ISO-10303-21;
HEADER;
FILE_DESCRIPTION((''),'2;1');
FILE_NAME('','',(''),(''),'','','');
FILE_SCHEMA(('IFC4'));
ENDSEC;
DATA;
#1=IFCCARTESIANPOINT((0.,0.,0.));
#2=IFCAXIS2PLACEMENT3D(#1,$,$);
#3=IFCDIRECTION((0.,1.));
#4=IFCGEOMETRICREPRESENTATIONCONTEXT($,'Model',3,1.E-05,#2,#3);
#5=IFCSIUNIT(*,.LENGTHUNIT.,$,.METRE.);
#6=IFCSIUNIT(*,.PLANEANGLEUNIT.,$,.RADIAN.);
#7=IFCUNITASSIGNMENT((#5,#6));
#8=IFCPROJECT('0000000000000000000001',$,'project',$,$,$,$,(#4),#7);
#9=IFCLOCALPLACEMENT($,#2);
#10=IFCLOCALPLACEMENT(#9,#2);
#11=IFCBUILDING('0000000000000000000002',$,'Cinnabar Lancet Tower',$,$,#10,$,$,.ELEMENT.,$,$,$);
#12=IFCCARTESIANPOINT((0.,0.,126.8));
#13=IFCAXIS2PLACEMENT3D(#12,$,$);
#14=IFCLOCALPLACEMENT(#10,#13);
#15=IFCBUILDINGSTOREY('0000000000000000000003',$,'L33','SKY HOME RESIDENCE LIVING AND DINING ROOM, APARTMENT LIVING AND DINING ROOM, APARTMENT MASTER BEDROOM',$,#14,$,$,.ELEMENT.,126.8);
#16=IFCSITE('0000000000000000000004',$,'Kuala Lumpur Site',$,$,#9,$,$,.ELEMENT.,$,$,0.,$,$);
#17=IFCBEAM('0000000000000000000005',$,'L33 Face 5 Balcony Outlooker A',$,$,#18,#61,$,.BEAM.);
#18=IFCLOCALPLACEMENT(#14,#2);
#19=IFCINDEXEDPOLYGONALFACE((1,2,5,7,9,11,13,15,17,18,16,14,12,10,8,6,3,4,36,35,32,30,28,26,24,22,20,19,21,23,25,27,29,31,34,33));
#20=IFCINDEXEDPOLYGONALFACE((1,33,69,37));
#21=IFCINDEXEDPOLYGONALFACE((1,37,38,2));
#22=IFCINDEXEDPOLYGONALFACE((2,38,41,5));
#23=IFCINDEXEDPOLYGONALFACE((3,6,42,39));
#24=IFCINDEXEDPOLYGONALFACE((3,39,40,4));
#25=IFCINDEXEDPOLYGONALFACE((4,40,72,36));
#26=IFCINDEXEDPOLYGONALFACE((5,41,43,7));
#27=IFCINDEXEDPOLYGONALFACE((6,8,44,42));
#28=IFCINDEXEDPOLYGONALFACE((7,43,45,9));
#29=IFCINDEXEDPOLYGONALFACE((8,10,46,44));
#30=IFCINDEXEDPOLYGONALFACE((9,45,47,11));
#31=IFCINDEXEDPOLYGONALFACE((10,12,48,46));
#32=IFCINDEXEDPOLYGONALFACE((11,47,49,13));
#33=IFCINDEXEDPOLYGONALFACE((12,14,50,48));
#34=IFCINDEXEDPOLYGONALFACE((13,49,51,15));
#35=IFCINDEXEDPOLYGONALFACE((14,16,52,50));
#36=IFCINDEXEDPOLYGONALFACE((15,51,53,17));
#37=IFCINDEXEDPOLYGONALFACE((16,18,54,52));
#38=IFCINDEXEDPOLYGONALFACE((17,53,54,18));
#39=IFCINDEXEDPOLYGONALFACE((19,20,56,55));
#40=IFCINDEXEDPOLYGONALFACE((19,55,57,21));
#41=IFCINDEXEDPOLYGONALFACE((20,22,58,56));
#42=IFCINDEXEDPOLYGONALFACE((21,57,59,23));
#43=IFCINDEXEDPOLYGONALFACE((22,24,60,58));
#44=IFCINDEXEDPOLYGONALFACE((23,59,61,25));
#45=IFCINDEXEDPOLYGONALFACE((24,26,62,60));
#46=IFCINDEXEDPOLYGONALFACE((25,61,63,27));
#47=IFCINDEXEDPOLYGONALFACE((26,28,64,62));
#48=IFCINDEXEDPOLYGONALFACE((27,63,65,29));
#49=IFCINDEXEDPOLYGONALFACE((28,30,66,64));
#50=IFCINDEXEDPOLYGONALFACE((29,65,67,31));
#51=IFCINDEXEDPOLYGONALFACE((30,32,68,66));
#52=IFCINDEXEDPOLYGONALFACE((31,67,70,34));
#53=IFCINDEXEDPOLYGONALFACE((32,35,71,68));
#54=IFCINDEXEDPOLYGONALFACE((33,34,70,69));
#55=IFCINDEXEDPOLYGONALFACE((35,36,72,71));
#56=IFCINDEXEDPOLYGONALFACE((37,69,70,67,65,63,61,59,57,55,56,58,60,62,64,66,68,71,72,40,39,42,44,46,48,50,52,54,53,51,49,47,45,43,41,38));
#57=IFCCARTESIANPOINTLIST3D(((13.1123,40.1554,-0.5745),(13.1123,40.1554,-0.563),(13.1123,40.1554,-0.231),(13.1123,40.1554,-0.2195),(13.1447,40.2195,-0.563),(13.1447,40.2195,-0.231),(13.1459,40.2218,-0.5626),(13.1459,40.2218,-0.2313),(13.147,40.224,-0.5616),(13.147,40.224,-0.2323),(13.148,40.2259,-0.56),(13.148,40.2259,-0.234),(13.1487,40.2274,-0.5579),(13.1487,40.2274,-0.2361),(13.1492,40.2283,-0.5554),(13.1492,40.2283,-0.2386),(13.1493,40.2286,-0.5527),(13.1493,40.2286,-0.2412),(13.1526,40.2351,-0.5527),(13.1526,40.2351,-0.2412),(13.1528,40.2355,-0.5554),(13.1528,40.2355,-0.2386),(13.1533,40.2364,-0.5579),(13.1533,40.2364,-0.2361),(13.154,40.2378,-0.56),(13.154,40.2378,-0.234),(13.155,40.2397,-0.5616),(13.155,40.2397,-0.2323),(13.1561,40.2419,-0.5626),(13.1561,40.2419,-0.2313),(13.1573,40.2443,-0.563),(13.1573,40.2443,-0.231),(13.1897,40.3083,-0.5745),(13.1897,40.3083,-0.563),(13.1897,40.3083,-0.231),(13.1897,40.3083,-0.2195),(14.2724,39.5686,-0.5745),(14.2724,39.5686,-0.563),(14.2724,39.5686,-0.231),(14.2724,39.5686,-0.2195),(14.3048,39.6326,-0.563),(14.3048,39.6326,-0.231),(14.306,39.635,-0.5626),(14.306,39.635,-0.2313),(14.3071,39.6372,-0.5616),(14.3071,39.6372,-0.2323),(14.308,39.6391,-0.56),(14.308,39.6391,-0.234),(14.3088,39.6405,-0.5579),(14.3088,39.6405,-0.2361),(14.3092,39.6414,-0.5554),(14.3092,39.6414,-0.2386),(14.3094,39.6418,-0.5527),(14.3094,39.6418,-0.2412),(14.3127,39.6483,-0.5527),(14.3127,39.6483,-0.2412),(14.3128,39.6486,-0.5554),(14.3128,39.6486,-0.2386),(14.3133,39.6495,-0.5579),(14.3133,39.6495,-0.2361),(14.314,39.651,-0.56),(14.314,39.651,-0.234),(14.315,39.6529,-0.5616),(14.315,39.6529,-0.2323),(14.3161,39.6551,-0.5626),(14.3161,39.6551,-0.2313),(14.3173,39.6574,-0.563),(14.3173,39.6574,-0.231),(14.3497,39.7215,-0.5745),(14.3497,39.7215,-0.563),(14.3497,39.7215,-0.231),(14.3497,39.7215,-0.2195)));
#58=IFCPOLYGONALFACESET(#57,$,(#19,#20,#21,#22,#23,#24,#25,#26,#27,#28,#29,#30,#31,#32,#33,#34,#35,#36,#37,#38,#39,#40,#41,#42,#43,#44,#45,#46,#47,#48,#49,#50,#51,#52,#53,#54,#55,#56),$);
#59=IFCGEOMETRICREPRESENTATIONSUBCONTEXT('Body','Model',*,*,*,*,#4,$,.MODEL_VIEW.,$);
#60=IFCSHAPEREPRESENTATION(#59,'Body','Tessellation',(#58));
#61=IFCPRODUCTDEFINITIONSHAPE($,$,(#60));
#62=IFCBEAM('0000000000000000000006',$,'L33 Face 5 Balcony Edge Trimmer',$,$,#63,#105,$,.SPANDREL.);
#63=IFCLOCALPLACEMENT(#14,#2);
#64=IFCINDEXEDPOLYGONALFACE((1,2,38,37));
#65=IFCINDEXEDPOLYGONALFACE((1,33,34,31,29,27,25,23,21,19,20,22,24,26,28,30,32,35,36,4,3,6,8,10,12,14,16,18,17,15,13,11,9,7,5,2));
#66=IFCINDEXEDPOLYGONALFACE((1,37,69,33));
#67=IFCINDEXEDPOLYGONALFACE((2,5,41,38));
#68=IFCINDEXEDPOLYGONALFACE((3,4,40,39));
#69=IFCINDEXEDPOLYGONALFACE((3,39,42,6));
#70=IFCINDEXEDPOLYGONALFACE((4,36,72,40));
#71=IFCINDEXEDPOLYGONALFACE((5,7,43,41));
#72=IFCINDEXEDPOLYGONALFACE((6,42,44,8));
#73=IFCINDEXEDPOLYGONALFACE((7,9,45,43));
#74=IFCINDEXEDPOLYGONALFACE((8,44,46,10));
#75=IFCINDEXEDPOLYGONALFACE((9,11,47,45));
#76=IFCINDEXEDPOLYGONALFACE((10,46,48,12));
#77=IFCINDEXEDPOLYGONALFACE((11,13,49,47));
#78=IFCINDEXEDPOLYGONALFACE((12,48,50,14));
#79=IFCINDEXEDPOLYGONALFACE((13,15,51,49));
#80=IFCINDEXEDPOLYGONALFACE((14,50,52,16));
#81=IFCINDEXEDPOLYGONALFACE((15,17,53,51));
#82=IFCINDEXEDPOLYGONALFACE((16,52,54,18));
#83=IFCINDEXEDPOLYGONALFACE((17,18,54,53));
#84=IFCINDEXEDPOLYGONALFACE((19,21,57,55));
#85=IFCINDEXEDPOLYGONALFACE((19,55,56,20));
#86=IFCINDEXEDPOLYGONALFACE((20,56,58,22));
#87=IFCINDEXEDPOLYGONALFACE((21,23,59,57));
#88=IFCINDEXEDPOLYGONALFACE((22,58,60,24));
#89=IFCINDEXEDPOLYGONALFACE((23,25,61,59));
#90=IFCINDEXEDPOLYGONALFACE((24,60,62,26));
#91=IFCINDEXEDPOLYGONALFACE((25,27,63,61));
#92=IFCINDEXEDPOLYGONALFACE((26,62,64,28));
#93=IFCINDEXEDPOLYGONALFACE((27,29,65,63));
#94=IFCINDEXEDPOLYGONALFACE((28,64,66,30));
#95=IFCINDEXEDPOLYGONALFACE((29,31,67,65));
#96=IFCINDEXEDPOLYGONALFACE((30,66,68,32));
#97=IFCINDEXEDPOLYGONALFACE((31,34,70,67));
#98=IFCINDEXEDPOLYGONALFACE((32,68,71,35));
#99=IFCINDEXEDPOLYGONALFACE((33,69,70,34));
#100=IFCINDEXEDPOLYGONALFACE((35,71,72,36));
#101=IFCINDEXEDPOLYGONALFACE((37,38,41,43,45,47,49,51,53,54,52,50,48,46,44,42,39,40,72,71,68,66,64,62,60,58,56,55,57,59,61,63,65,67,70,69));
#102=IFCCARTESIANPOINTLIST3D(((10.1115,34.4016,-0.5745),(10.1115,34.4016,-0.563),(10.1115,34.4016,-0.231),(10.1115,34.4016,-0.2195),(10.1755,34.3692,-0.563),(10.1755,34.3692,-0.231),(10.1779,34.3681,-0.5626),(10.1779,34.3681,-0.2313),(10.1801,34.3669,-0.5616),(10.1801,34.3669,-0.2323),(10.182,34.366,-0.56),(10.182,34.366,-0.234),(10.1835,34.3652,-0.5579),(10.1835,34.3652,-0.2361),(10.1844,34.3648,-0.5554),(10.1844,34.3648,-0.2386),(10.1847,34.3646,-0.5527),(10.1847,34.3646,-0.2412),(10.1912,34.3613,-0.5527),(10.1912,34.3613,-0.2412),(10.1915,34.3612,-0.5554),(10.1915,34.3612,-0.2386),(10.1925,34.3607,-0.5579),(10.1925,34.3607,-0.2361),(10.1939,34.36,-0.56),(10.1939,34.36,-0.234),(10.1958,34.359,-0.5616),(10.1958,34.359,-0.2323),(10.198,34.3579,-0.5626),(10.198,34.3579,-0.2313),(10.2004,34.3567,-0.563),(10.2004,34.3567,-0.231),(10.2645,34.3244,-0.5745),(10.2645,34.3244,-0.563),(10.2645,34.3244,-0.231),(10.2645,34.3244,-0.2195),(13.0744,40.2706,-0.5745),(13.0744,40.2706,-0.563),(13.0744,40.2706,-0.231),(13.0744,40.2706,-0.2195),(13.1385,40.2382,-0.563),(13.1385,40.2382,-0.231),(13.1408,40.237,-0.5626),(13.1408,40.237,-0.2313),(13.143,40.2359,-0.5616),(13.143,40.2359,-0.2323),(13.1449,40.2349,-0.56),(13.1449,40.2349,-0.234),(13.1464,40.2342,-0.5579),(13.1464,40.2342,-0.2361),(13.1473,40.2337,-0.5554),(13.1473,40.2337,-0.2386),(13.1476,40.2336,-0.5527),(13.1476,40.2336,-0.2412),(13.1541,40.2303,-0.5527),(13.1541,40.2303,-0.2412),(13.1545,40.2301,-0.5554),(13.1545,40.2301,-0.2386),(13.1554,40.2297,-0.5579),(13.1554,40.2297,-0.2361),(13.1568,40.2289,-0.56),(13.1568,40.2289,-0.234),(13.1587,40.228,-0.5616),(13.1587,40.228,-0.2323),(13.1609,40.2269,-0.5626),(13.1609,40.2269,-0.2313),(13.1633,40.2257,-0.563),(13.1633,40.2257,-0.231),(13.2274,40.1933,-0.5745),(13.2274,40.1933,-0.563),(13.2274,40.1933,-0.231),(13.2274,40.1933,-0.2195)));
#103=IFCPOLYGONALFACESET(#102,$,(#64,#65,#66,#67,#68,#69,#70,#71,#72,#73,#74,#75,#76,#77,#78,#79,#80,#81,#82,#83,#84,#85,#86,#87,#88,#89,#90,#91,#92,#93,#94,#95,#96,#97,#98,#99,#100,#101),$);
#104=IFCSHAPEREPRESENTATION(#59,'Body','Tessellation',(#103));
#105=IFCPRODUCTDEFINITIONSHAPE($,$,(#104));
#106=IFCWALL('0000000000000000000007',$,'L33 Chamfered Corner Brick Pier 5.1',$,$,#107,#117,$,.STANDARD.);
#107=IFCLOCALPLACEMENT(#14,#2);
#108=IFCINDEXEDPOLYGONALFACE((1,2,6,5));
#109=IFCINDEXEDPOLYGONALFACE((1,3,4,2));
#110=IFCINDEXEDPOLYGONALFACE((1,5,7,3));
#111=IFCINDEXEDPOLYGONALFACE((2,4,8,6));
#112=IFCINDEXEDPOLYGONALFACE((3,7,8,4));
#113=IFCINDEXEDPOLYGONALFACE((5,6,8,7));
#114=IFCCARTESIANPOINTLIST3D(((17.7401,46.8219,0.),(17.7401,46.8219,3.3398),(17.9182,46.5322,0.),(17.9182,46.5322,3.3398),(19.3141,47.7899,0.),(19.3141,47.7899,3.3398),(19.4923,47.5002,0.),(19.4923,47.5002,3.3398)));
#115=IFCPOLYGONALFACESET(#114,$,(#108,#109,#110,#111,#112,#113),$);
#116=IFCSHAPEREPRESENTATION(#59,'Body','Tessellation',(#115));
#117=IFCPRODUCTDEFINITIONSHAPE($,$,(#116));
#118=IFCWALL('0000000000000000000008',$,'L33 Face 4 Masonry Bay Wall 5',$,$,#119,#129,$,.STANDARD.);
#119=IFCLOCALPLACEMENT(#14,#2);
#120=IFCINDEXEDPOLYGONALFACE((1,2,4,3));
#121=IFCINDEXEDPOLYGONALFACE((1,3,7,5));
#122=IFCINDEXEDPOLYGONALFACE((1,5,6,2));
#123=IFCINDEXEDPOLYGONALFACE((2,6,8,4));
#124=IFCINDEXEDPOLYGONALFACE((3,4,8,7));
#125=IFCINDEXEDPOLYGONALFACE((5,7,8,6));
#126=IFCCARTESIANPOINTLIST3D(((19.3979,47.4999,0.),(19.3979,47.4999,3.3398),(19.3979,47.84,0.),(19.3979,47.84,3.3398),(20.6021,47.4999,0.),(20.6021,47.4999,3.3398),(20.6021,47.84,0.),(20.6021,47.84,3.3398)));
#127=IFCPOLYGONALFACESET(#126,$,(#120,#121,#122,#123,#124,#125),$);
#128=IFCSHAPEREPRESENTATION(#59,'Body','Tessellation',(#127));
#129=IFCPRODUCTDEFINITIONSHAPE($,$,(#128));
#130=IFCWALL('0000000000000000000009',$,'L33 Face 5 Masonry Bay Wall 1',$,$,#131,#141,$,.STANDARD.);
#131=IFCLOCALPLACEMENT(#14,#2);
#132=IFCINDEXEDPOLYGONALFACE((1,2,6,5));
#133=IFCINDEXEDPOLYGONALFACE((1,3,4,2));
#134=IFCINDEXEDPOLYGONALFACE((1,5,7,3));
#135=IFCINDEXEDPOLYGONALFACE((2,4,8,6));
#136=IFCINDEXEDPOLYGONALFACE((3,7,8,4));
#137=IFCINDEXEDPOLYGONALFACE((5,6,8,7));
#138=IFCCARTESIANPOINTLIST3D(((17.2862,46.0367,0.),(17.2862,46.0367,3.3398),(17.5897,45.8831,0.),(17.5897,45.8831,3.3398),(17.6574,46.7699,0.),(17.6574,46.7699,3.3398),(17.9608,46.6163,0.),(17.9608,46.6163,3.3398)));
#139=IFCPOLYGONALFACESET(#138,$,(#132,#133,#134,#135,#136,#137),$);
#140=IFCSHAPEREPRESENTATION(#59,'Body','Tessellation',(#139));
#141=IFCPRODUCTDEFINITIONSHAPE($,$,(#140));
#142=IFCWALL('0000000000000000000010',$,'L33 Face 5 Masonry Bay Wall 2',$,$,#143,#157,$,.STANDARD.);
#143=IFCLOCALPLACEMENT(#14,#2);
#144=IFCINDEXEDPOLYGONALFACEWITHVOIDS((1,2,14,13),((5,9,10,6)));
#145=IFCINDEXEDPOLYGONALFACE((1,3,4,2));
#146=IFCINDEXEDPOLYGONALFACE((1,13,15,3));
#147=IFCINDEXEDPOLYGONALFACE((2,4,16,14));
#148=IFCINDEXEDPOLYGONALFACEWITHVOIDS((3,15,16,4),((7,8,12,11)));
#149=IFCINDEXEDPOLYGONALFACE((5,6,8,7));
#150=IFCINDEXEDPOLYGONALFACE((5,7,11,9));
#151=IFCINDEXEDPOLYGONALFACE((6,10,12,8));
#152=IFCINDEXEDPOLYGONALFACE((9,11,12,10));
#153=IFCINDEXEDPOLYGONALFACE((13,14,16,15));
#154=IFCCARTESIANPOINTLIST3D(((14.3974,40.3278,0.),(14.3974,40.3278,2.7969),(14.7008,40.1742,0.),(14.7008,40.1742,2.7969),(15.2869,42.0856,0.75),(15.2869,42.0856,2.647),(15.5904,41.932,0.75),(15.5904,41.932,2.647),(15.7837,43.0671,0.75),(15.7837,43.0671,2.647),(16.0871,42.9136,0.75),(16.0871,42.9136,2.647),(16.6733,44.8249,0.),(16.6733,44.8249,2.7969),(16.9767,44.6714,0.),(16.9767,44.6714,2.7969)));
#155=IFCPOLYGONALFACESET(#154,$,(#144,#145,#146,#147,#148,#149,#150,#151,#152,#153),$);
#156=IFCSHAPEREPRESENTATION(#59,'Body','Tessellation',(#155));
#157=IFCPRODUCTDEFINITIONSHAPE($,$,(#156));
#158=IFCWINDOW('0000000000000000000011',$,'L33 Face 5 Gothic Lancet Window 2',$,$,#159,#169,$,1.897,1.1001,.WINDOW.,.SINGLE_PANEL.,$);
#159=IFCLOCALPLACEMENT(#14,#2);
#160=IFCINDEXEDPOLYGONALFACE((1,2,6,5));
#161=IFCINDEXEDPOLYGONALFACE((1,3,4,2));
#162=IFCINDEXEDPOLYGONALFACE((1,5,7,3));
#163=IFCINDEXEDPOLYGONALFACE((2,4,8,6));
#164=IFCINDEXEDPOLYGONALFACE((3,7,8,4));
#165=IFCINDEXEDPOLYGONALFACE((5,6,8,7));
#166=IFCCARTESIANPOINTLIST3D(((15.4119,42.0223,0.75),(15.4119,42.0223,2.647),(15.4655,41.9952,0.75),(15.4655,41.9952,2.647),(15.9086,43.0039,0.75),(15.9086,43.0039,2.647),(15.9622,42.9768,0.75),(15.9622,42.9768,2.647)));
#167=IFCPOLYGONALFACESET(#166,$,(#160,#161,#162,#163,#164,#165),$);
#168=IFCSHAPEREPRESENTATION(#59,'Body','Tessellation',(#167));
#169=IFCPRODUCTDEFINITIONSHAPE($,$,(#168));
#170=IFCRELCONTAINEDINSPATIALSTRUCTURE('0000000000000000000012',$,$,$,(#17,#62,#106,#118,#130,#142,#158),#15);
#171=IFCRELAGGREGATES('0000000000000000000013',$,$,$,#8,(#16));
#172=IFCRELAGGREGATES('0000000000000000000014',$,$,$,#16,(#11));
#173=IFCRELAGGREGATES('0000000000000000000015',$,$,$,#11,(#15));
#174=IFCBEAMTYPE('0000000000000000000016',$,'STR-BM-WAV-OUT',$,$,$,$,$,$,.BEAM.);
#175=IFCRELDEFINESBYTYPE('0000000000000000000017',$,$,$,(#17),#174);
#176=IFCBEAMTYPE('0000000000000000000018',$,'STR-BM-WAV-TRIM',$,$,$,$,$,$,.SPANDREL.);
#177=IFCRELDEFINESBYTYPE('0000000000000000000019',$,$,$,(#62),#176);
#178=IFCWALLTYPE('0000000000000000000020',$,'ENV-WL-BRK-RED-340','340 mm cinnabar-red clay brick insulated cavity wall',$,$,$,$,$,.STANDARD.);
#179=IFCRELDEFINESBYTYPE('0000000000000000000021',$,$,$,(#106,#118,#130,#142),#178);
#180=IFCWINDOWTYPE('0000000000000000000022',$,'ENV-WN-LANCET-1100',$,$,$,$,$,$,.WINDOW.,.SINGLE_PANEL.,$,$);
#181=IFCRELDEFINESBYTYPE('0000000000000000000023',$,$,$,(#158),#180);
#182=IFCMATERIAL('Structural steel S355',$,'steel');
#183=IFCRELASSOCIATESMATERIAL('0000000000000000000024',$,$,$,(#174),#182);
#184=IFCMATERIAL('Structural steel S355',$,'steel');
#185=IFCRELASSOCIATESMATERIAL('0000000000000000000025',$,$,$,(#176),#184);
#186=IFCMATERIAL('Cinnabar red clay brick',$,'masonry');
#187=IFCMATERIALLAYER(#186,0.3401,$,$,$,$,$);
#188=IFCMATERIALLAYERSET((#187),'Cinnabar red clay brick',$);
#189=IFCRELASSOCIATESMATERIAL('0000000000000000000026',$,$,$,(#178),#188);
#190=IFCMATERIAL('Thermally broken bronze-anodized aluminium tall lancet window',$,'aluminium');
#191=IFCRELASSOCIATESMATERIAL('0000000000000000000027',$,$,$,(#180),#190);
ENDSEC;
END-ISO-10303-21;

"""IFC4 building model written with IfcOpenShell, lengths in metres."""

from ifc_helpers import new_model, si_unit, direction, frame, frame_2d, origin, origin_2d, place, context, subcontext, project, spatial, rectangle, i_section, extrude, material, layer, layer_set, material_profile, profile_set, type_object, element, fill, save


model = new_model("IFC4")

# Units and contexts
model_context = context("Model", 3, precision=1e-05, world=origin(), true_north=direction((0.0, 1.0)))
body_context = subcontext(model_context, "Body", "Model", "MODEL_VIEW")
ifc_project = project(units=[si_unit("LENGTHUNIT", "METRE"), si_unit("PLANEANGLEUNIT", "RADIAN")], contexts=[model_context])

# Site, building, storey
site_placement = place(None, origin())
site = spatial("IfcSite", under=ifc_project, at=site_placement, Name="Kuala Lumpur Site", CompositionType="ELEMENT", RefElevation=0.0)
building_placement = place(site_placement, origin())
building = spatial("IfcBuilding", under=site, at=building_placement, Name="Cinnabar Lancet Tower", CompositionType="ELEMENT")
storey_placement = place(building_placement, frame((0.0, 0.0, 126.8)))
storey = spatial("IfcBuildingStorey", under=building, at=storey_placement, Name="L33", Description="SKY HOME RESIDENCE LIVING AND DINING ROOM, APARTMENT LIVING AND DINING ROOM, APARTMENT MASTER BEDROOM", CompositionType="ELEMENT", Elevation=126.8)

# Beams
ifc_material_1 = material(Name="Structural steel S355", Category="steel")
ifc_material_profile_1 = material_profile(ifc_material_1, i_section(OverallWidth=0.1714, OverallDepth=0.355, WebThickness=0.0073, FlangeThickness=0.0115, FilletRadius=0.0103, at=origin_2d()), Name="UKB 356x171x51")
ifc_profile_set_1 = profile_set([ifc_material_profile_1], Name="Structural steel S355")
beam_type_1 = type_object("IfcBeamType", Name="STR-BM-WAV-OUT", PredefinedType="BEAM", material=ifc_profile_set_1)
beam_1_placement = place(storey_placement, frame((14.311, 39.645, -0.397), z_axis=(-0.892314, 0.451415, 0.0), x_axis=(-0.451415, -0.892314, 0.0)))
element("IfcBeam", 1, at=beam_1_placement, inside=storey, type_object=beam_type_1, Name="L33 Face 5 Balcony Outlooker A", PredefinedType="BEAM", context=body_context, shape_type="SweptSolid", body=[
    extrude(i_section(OverallWidth=0.1714, OverallDepth=0.355, WebThickness=0.0073, FlangeThickness=0.0115, FilletRadius=0.0103, at=origin_2d()), origin(), (0.0, 0.0, 1.0), 1.3),
])
ifc_material_2 = material(Name="Structural steel S355", Category="steel")
ifc_material_profile_2 = material_profile(ifc_material_2, i_section(OverallWidth=0.1714, OverallDepth=0.355, WebThickness=0.0073, FlangeThickness=0.0115, FilletRadius=0.0103, at=origin_2d()), Name="UKB 356x171x51")
ifc_profile_set_2 = profile_set([ifc_material_profile_2], Name="Structural steel S355")
beam_type_2 = type_object("IfcBeamType", Name="STR-BM-WAV-TRIM", PredefinedType="SPANDREL", material=ifc_profile_set_2)
beam_2_placement = place(storey_placement, frame((13.1509, 40.2319, -0.397), z_axis=(-0.450671, -0.89269, 0.0), x_axis=(0.89269, -0.450671, 0.0)))
element("IfcBeam", 2, at=beam_2_placement, inside=storey, type_object=beam_type_2, Name="L33 Face 5 Balcony Edge Trimmer", PredefinedType="SPANDREL", context=body_context, shape_type="SweptSolid", body=[
    extrude(i_section(OverallWidth=0.1714, OverallDepth=0.355, WebThickness=0.0073, FlangeThickness=0.0115, FilletRadius=0.0103, at=origin_2d()), origin(), (0.0, 0.0, 1.0), 6.5745),
])

# Walls
ifc_material_3 = material(Name="Cinnabar red clay brick", Category="masonry")
ifc_layer_1 = layer(ifc_material_3, 0.3401)
ifc_layer_set_1 = layer_set([ifc_layer_1], Name="Cinnabar red clay brick")
wall_type = type_object("IfcWallType", Name="ENV-WL-BRK-RED-340", Description="340 mm cinnabar-red clay brick insulated cavity wall", PredefinedType="STANDARD", material=ifc_layer_set_1)
wall_1_placement = place(storey_placement, frame((19.4031, 47.645, 0.0), z_axis=(0.0, 0.0, 1.0), x_axis=(-0.851799, -0.523869, 0.0)))
element("IfcWall", 3, at=wall_1_placement, inside=storey, type_object=wall_type, Name="L33 Chamfered Corner Brick Pier 5.1", PredefinedType="STANDARD", context=body_context, shape_type="SweptSolid", body=[
    extrude(rectangle(XDim=1.8479, YDim=0.3401, at=frame_2d((0.9238, 0.0))), origin(), (0.0, 0.0, 1.0), 3.3398),
])
wall_2_placement = place(storey_placement, frame((20.6021, 47.6699, 0.0), z_axis=(0.0, 0.0, 1.0), x_axis=(-1.0, 0.0, 0.0)))
element("IfcWall", 4, at=wall_2_placement, inside=storey, type_object=wall_type, Name="L33 Face 4 Masonry Bay Wall 5", PredefinedType="STANDARD", context=body_context, shape_type="SweptSolid", body=[
    extrude(rectangle(XDim=1.2041, YDim=0.3401, at=frame_2d((0.6021, 0.0))), origin(), (0.0, 0.0, 1.0), 3.3398),
])
wall_3_placement = place(storey_placement, frame((17.8091, 46.6931, 0.0), z_axis=(0.0, 0.0, 1.0), x_axis=(-0.451605, -0.892218, 0.0)))
element("IfcWall", 5, at=wall_3_placement, inside=storey, type_object=wall_type, Name="L33 Face 5 Masonry Bay Wall 1", PredefinedType="STANDARD", context=body_context, shape_type="SweptSolid", body=[
    extrude(rectangle(XDim=0.8218, YDim=0.3401, at=frame_2d((0.4109, 0.0))), origin(), (0.0, 0.0, 1.0), 3.3398),
])

# Wall, opening, window
wall_4_placement = place(storey_placement, frame((16.825, 44.748, 0.0), z_axis=(0.0, 0.0, 1.0), x_axis=(-0.451548, -0.892247, 0.0)))
wall_4 = element("IfcWall", 6, at=wall_4_placement, inside=storey, type_object=wall_type, Name="L33 Face 5 Masonry Bay Wall 2", PredefinedType="STANDARD", context=body_context, shape_type="SweptSolid", body=[
    extrude(rectangle(XDim=5.0403, YDim=0.3401, at=frame_2d((2.52, 0.0))), origin(), (0.0, 0.0, 1.0), 2.7969),
])
opening_1_placement = place(wall_4_placement, frame((1.97, 0.0, 0.75)))
opening_1 = element("IfcOpeningElement", 7, at=opening_1_placement, cuts=wall_4, PredefinedType="OPENING", context=body_context, shape_type="SweptSolid", body=[
    extrude(rectangle(XDim=1.1001, YDim=1.897, at=frame_2d((0.55, 0.9485))), frame((0.0, 0.1799, 0.0), z_axis=(0.0, -1.0, 0.0), x_axis=(1.0, 0.0, 0.0)), (0.0, 0.0, 1.0), 0.3601),
])
ifc_material_4 = material(Name="Thermally broken bronze-anodized aluminium tall lancet window", Category="aluminium")
window_type = type_object("IfcWindowType", Name="ENV-WN-LANCET-1100", PartitioningType="SINGLE_PANEL", PredefinedType="WINDOW", material=ifc_material_4)
window_placement = place(opening_1_placement, origin())
window = element("IfcWindow", 8, at=window_placement, inside=storey, type_object=window_type, Name="L33 Face 5 Gothic Lancet Window 2", OverallHeight=1.897, OverallWidth=1.1001, PartitioningType="SINGLE_PANEL", PredefinedType="WINDOW", context=body_context, shape_type="SweptSolid", body=[
    extrude(rectangle(XDim=1.1001, YDim=1.897, at=frame_2d((0.55, 0.9485))), frame((0.0, 0.03, 0.0), z_axis=(0.0, -1.0, 0.0), x_axis=(1.0, 0.0, 0.0)), (0.0, 0.0, 1.0), 0.0601),
])
fill(opening_1, window)

save(model, "model.ifc")
